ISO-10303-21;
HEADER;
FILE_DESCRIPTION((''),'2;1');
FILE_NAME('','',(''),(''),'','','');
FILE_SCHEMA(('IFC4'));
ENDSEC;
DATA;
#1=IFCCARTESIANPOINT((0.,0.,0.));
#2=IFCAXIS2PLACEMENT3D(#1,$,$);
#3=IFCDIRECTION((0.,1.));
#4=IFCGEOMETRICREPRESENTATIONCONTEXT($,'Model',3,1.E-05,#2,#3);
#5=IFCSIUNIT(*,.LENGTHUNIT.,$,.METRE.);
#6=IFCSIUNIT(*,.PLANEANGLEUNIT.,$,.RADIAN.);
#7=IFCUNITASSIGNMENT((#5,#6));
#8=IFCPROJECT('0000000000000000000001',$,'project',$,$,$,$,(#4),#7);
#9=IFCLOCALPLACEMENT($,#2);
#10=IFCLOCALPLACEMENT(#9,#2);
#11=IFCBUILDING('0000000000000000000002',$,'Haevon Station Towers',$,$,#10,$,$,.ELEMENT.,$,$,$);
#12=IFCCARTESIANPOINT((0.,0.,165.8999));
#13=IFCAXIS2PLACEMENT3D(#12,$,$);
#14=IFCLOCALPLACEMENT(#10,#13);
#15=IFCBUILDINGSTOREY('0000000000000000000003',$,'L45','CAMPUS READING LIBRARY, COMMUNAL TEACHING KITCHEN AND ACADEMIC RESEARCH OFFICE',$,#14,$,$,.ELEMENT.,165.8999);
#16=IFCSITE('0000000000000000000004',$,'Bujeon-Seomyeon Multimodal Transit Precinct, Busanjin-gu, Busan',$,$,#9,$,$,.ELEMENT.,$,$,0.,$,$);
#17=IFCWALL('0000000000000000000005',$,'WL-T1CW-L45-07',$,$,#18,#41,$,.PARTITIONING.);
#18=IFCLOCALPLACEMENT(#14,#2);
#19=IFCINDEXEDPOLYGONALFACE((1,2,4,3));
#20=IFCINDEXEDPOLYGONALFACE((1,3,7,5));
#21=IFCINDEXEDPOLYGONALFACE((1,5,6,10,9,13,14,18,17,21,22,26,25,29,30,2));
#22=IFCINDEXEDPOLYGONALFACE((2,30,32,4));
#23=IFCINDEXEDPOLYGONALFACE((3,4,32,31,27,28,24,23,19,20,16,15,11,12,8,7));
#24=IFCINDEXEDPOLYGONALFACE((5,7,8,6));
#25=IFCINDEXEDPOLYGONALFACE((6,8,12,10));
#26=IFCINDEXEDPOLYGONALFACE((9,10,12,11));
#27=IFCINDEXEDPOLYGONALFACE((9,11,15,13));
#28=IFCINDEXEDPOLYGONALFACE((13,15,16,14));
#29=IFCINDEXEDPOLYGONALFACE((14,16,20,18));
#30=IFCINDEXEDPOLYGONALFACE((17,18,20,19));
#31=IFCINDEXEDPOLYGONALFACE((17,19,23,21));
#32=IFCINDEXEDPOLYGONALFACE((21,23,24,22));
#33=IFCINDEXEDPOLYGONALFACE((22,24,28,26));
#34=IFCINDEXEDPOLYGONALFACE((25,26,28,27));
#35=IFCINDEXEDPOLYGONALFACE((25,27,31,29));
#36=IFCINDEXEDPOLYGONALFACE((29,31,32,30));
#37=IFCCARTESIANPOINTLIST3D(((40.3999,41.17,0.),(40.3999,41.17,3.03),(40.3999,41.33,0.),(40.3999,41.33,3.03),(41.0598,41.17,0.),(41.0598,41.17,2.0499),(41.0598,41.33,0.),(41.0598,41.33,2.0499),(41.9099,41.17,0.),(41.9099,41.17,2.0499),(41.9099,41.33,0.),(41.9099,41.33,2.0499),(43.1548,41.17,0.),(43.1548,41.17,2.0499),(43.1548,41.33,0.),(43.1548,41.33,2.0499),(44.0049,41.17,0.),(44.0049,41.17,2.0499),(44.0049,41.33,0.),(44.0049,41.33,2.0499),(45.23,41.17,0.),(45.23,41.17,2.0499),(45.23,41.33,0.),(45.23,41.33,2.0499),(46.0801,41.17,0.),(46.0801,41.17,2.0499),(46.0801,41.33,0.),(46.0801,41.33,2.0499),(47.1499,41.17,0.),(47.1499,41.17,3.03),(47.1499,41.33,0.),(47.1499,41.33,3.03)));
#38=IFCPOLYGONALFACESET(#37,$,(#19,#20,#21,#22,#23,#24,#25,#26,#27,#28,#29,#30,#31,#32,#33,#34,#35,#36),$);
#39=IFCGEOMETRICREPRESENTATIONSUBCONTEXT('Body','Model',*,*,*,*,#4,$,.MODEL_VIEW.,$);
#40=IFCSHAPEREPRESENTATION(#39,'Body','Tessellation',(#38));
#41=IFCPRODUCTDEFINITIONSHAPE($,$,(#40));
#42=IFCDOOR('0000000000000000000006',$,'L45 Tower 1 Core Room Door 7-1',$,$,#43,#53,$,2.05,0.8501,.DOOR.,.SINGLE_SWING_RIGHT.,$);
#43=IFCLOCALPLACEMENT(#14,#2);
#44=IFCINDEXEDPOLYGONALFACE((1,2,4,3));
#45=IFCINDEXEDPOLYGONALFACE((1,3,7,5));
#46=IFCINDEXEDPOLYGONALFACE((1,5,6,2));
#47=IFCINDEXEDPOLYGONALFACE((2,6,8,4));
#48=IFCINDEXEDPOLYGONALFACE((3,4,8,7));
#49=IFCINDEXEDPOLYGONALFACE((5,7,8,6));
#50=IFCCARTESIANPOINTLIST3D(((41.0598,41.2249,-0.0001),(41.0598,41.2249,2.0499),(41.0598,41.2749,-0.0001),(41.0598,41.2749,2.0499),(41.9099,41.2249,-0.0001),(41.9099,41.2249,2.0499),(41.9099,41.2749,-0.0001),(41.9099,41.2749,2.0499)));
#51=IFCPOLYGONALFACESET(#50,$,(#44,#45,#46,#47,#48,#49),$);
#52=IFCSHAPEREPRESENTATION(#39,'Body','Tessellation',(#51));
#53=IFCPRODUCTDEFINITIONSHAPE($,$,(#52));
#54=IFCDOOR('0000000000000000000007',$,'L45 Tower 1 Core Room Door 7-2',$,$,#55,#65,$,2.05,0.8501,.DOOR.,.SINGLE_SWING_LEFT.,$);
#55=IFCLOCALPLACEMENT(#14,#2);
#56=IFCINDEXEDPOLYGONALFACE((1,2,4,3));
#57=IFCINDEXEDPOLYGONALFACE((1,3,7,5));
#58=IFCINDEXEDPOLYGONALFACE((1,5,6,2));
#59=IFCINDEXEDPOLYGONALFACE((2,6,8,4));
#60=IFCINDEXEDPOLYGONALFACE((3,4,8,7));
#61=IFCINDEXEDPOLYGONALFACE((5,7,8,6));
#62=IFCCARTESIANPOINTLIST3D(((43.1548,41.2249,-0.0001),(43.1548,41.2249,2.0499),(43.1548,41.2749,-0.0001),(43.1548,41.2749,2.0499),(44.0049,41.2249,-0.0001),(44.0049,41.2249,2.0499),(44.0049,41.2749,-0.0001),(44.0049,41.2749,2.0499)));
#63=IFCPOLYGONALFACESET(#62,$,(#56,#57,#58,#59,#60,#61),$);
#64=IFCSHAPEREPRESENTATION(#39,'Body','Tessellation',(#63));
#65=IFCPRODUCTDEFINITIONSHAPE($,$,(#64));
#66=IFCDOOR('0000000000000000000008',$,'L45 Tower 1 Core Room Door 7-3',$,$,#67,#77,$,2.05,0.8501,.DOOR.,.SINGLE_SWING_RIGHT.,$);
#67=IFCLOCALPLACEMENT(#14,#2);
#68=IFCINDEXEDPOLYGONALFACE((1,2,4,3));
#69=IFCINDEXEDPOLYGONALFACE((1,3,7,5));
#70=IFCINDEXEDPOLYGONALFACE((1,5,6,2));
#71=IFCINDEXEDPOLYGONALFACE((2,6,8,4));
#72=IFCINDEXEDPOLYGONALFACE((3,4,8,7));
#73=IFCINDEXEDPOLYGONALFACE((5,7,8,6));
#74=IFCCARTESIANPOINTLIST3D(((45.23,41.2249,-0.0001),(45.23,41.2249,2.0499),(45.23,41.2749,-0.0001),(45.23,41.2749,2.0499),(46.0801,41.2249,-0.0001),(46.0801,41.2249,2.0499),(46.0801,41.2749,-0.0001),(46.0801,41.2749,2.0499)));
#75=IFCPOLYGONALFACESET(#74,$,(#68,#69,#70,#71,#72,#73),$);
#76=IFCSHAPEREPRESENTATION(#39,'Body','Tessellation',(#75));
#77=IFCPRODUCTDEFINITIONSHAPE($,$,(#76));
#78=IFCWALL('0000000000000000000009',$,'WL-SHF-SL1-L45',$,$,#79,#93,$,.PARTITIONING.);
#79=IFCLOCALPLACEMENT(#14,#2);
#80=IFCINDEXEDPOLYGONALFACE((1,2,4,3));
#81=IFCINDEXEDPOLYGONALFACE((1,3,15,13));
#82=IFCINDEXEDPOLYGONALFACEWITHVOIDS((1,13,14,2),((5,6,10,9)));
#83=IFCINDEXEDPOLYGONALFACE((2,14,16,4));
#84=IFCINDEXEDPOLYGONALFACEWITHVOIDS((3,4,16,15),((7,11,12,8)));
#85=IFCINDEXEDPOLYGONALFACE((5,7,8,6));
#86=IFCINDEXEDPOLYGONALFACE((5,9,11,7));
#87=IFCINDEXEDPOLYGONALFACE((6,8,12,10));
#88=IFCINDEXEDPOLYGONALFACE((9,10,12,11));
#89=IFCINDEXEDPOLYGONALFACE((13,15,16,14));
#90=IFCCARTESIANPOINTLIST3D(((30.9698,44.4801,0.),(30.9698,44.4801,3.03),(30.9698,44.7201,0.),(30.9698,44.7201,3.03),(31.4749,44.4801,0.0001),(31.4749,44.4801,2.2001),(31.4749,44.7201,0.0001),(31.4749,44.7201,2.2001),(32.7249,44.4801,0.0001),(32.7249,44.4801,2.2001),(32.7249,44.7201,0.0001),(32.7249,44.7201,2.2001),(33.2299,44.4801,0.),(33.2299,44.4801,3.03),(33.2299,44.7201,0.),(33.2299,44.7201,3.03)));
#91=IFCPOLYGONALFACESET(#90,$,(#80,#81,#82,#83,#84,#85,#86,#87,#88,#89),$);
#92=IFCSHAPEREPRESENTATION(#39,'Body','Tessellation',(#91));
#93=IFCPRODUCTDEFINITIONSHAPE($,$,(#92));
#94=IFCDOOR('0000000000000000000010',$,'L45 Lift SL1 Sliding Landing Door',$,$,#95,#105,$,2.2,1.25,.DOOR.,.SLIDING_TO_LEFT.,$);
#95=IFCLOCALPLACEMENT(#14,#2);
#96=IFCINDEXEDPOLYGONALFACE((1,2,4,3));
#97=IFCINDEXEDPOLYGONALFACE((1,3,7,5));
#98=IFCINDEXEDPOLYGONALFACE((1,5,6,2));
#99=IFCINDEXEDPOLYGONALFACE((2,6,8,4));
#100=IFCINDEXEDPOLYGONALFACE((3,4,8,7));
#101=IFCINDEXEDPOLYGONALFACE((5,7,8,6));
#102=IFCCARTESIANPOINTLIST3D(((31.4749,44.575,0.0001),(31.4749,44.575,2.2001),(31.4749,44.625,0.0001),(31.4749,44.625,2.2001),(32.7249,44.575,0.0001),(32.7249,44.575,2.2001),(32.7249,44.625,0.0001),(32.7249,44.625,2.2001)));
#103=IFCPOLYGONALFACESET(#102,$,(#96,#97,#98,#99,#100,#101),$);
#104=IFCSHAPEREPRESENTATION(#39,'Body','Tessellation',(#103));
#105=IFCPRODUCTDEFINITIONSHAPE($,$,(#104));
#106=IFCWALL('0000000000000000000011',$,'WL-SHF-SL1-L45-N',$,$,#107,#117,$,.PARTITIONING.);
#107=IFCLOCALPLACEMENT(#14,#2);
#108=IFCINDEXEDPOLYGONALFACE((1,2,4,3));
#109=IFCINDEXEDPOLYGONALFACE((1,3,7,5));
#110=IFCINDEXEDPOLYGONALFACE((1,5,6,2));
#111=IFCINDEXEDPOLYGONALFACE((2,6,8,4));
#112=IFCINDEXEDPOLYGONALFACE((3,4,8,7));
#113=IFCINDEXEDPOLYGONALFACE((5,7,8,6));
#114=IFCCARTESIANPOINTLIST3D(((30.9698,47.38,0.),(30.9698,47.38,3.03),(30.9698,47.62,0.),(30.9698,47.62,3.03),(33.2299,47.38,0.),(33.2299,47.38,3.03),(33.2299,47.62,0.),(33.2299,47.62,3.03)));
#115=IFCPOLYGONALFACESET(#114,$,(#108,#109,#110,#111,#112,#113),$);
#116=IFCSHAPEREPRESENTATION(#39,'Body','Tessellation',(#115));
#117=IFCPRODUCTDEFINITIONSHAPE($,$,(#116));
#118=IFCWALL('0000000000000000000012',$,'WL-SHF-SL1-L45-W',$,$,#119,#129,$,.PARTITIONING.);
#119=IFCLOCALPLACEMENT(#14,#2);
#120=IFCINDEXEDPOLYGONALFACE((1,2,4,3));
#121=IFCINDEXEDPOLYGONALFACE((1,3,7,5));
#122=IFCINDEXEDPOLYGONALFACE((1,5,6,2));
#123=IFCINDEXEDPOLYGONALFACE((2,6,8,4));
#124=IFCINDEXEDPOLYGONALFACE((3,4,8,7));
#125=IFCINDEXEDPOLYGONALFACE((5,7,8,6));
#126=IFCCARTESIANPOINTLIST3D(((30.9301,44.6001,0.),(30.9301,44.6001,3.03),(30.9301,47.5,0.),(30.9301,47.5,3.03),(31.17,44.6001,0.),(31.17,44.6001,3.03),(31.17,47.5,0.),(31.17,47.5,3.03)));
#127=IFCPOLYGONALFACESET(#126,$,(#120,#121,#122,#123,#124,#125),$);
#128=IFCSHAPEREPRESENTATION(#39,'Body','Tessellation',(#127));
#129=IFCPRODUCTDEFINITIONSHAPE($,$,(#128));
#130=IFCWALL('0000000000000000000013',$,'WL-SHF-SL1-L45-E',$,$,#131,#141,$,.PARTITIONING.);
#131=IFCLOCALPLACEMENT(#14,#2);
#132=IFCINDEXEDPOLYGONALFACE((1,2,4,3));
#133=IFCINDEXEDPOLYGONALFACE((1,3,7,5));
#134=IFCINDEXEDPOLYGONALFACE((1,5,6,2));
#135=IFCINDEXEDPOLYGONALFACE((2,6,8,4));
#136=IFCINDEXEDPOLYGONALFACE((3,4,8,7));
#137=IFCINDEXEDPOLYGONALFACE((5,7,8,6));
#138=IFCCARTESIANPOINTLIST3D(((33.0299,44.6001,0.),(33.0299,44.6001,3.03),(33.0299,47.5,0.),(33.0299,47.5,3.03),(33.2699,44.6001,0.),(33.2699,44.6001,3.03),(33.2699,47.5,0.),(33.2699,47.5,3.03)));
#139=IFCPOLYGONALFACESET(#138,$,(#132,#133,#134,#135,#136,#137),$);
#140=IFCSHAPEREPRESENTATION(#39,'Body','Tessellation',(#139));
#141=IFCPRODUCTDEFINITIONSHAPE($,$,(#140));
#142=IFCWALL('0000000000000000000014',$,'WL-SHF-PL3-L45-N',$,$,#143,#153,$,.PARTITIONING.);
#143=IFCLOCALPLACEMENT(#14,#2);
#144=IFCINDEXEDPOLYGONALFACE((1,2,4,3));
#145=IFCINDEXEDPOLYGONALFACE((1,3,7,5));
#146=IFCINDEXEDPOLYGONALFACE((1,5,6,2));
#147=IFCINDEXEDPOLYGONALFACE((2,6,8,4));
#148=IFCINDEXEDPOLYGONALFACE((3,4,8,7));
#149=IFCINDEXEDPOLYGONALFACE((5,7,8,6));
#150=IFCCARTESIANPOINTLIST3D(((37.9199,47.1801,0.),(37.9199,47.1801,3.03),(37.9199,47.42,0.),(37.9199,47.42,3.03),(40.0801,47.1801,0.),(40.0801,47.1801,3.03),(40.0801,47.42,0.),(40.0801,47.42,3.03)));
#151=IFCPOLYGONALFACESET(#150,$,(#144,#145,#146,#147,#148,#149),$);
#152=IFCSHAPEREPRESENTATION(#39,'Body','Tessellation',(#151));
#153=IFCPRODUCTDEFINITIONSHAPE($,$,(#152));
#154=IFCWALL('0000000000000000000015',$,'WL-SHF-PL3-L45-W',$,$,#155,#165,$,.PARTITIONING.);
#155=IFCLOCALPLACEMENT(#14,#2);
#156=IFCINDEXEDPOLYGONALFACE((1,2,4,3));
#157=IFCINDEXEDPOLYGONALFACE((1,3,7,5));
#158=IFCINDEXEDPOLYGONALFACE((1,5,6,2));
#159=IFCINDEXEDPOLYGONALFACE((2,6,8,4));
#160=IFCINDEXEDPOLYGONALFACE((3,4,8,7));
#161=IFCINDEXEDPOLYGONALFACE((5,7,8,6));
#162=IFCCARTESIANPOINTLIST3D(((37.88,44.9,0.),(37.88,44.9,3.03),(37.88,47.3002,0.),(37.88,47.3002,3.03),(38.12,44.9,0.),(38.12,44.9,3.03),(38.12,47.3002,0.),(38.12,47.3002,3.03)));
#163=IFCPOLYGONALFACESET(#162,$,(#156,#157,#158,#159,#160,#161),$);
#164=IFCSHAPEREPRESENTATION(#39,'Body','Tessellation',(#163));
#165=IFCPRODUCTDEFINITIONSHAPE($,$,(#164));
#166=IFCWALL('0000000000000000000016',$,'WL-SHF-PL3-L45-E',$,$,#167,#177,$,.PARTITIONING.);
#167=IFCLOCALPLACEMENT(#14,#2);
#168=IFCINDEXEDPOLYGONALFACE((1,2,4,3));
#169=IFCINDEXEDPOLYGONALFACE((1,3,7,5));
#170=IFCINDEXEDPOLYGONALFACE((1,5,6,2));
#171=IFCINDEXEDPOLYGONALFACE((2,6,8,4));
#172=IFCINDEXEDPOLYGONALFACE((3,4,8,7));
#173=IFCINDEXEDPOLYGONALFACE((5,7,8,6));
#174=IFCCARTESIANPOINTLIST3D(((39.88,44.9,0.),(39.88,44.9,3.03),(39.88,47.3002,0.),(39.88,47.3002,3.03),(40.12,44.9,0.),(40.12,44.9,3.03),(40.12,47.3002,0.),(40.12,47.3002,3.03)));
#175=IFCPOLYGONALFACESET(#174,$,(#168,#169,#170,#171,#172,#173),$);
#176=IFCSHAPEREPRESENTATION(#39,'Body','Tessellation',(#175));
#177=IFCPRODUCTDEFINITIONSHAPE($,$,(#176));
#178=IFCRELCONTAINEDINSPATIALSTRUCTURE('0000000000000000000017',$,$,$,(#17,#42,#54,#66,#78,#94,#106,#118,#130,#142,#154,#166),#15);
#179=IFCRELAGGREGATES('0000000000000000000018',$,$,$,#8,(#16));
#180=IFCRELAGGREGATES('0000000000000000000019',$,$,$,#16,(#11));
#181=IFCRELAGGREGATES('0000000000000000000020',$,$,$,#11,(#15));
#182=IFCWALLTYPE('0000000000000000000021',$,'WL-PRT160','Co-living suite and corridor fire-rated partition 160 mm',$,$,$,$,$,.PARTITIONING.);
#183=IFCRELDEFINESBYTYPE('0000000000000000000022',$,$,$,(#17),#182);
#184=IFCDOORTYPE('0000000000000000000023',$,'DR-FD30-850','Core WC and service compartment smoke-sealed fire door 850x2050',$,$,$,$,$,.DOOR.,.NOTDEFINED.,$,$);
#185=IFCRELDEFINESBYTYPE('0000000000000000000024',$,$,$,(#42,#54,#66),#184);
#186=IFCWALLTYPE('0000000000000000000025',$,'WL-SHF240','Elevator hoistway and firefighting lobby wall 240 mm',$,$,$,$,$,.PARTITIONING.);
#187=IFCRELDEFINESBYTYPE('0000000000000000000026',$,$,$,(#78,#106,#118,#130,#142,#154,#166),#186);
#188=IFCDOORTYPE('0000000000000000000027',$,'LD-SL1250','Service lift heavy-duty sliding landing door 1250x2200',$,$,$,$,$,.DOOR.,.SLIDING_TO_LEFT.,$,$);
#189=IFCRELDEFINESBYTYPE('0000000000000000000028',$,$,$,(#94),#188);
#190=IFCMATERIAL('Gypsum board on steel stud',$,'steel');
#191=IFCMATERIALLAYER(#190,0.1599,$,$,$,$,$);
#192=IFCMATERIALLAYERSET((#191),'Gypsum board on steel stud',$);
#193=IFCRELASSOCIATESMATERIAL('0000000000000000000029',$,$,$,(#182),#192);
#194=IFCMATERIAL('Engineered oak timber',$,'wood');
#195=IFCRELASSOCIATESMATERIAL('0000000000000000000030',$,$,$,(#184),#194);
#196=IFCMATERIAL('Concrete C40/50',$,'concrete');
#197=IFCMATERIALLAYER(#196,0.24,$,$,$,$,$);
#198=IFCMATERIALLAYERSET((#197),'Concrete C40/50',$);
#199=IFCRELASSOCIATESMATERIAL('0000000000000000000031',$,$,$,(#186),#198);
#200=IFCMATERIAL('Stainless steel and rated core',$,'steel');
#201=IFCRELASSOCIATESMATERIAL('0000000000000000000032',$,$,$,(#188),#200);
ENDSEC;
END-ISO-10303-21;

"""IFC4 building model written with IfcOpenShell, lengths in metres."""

from ifc_helpers import new_model, si_unit, direction, frame, frame_2d, origin, place, context, subcontext, project, spatial, rectangle, extrude, material, layer, layer_set, type_object, element, fill, save


model = new_model("IFC4")

# Units and contexts
model_context = context("Model", 3, precision=1e-05, world=origin(), true_north=direction((0.0, 1.0)))
body_context = subcontext(model_context, "Body", "Model", "MODEL_VIEW")
ifc_project = project(units=[si_unit("LENGTHUNIT", "METRE"), si_unit("PLANEANGLEUNIT", "RADIAN")], contexts=[model_context])

# Site, building, storey
site_placement = place(None, origin())
site = spatial("IfcSite", under=ifc_project, at=site_placement, Name="Bujeon-Seomyeon Multimodal Transit Precinct, Busanjin-gu, Busan", CompositionType="ELEMENT", RefElevation=0.0)
building_placement = place(site_placement, origin())
building = spatial("IfcBuilding", under=site, at=building_placement, Name="Haevon Station Towers", CompositionType="ELEMENT")
storey_placement = place(building_placement, frame((0.0, 0.0, 165.8999)))
storey = spatial("IfcBuildingStorey", under=building, at=storey_placement, Name="L45", Description="CAMPUS READING LIBRARY, COMMUNAL TEACHING KITCHEN AND ACADEMIC RESEARCH OFFICE", CompositionType="ELEMENT", Elevation=165.8999)

# Shared definitions
ifc_material_1 = material(Name="Gypsum board on steel stud", Category="steel")
ifc_layer_1 = layer(ifc_material_1, 0.1599)
ifc_layer_set_1 = layer_set([ifc_layer_1], Name="Gypsum board on steel stud")
wall_type_1 = type_object("IfcWallType", Name="WL-PRT160", Description="Co-living suite and corridor fire-rated partition 160 mm", PredefinedType="PARTITIONING", material=ifc_layer_set_1)
ifc_material_2 = material(Name="Engineered oak timber", Category="wood")

# Wall, openings, doors
wall_1_placement = place(storey_placement, frame((40.3999, 41.25, 0.0), z_axis=(0.0, 0.0, 1.0), x_axis=(1.0, 0.0, 0.0)))
wall_1 = element("IfcWall", 1, at=wall_1_placement, inside=storey, type_object=wall_type_1, Name="WL-T1CW-L45-07", PredefinedType="PARTITIONING", context=body_context, shape_type="SweptSolid", body=[
    extrude(rectangle(XDim=6.75, YDim=0.1599, at=frame_2d((3.375, 0.0))), origin(), (0.0, 0.0, 1.0), 3.03),
])
opening_1_placement = place(wall_1_placement, frame((0.6599, 0.0, 0.0)))
opening_1 = element("IfcOpeningElement", 2, at=opening_1_placement, cuts=wall_1, PredefinedType="OPENING", context=body_context, shape_type="SweptSolid", body=[
    extrude(rectangle(XDim=0.8501, YDim=2.05, at=frame_2d((0.425, 1.0249))), frame((0.0, 0.0898, 0.0), z_axis=(0.0, -1.0, 0.0), x_axis=(1.0, 0.0, 0.0)), (0.0, 0.0, 1.0), 0.1799),
])
opening_2_placement = place(wall_1_placement, frame((2.7549, 0.0, 0.0)))
opening_2 = element("IfcOpeningElement", 3, at=opening_2_placement, cuts=wall_1, PredefinedType="OPENING", context=body_context, shape_type="SweptSolid", body=[
    extrude(rectangle(XDim=0.8501, YDim=2.05, at=frame_2d((0.425, 1.0249))), frame((0.0, 0.0898, 0.0), z_axis=(0.0, -1.0, 0.0), x_axis=(1.0, 0.0, 0.0)), (0.0, 0.0, 1.0), 0.1799),
])
opening_3_placement = place(wall_1_placement, frame((4.8301, 0.0, 0.0)))
opening_3 = element("IfcOpeningElement", 4, at=opening_3_placement, cuts=wall_1, PredefinedType="OPENING", context=body_context, shape_type="SweptSolid", body=[
    extrude(rectangle(XDim=0.8501, YDim=2.05, at=frame_2d((0.425, 1.0249))), frame((0.0, 0.0898, 0.0), z_axis=(0.0, -1.0, 0.0), x_axis=(1.0, 0.0, 0.0)), (0.0, 0.0, 1.0), 0.1799),
])
door_type_1 = type_object("IfcDoorType", Name="DR-FD30-850", Description="Core WC and service compartment smoke-sealed fire door 850x2050", OperationType="NOTDEFINED", PredefinedType="DOOR", material=ifc_material_2)
door_1_placement = place(opening_1_placement, origin())
door_1 = element("IfcDoor", 5, at=door_1_placement, inside=storey, type_object=door_type_1, Name="L45 Tower 1 Core Room Door 7-1", OperationType="SINGLE_SWING_RIGHT", OverallHeight=2.05, OverallWidth=0.8501, PredefinedType="DOOR", context=body_context, shape_type="SweptSolid", body=[
    extrude(rectangle(XDim=0.8501, YDim=2.05, at=frame_2d((0.425, 1.0249))), frame((0.0, 0.0249, 0.0), z_axis=(0.0, -1.0, 0.0), x_axis=(1.0, 0.0, 0.0)), (0.0, 0.0, 1.0), 0.05),
])
fill(opening_1, door_1)
door_2_placement = place(opening_2_placement, origin())
door_2 = element("IfcDoor", 6, at=door_2_placement, inside=storey, type_object=door_type_1, Name="L45 Tower 1 Core Room Door 7-2", OperationType="SINGLE_SWING_LEFT", OverallHeight=2.05, OverallWidth=0.8501, PredefinedType="DOOR", context=body_context, shape_type="SweptSolid", body=[
    extrude(rectangle(XDim=0.8501, YDim=2.05, at=frame_2d((0.425, 1.0249))), frame((0.0, 0.0249, 0.0), z_axis=(0.0, -1.0, 0.0), x_axis=(1.0, 0.0, 0.0)), (0.0, 0.0, 1.0), 0.05),
])
fill(opening_2, door_2)
door_3_placement = place(opening_3_placement, origin())
door_3 = element("IfcDoor", 7, at=door_3_placement, inside=storey, type_object=door_type_1, Name="L45 Tower 1 Core Room Door 7-3", OperationType="SINGLE_SWING_RIGHT", OverallHeight=2.05, OverallWidth=0.8501, PredefinedType="DOOR", context=body_context, shape_type="SweptSolid", body=[
    extrude(rectangle(XDim=0.8501, YDim=2.05, at=frame_2d((0.425, 1.0249))), frame((0.0, 0.0249, 0.0), z_axis=(0.0, -1.0, 0.0), x_axis=(1.0, 0.0, 0.0)), (0.0, 0.0, 1.0), 0.05),
])
fill(opening_3, door_3)

# Wall, opening, door
ifc_material_3 = material(Name="Concrete C40/50", Category="concrete")
ifc_layer_2 = layer(ifc_material_3, 0.24)
ifc_layer_set_2 = layer_set([ifc_layer_2], Name="Concrete C40/50")
wall_type_2 = type_object("IfcWallType", Name="WL-SHF240", Description="Elevator hoistway and firefighting lobby wall 240 mm", PredefinedType="PARTITIONING", material=ifc_layer_set_2)
wall_2_placement = place(storey_placement, frame((30.97, 44.6001, 0.0), z_axis=(0.0, 0.0, 1.0), x_axis=(1.0, 0.0, 0.0)))
wall_2 = element("IfcWall", 8, at=wall_2_placement, inside=storey, type_object=wall_type_2, Name="WL-SHF-SL1-L45", PredefinedType="PARTITIONING", context=body_context, shape_type="SweptSolid", body=[
    extrude(rectangle(XDim=2.26, YDim=0.24, at=frame_2d((1.1299, 0.0))), origin(), (0.0, 0.0, 1.0), 3.03),
])
opening_4_placement = place(wall_2_placement, frame((0.5049, 0.0, 0.0)))
opening_4 = element("IfcOpeningElement", 9, at=opening_4_placement, cuts=wall_2, PredefinedType="OPENING", context=body_context, shape_type="SweptSolid", body=[
    extrude(rectangle(XDim=1.25, YDim=2.2, at=frame_2d((0.625, 1.1001))), frame((0.0, 0.1299, 0.0), z_axis=(0.0, -1.0, 0.0), x_axis=(1.0, 0.0, 0.0)), (0.0, 0.0, 1.0), 0.26),
])
ifc_material_4 = material(Name="Stainless steel and rated core", Category="steel")
door_type_2 = type_object("IfcDoorType", Name="LD-SL1250", Description="Service lift heavy-duty sliding landing door 1250x2200", OperationType="SLIDING_TO_LEFT", PredefinedType="DOOR", material=ifc_material_4)
door_4_placement = place(opening_4_placement, origin())
door_4 = element("IfcDoor", 10, at=door_4_placement, inside=storey, type_object=door_type_2, Name="L45 Lift SL1 Sliding Landing Door", OperationType="SLIDING_TO_LEFT", OverallHeight=2.2, OverallWidth=1.25, PredefinedType="DOOR", context=body_context, shape_type="SweptSolid", body=[
    extrude(rectangle(XDim=1.25, YDim=2.2, at=frame_2d((0.625, 1.1001))), frame((0.0, 0.0249, 0.0), z_axis=(0.0, -1.0, 0.0), x_axis=(1.0, 0.0, 0.0)), (0.0, 0.0, 1.0), 0.05),
])
fill(opening_4, door_4)

# Walls
wall_3_placement = place(storey_placement, frame((30.97, 47.5, 0.0), z_axis=(0.0, 0.0, 1.0), x_axis=(1.0, 0.0, 0.0)))
element("IfcWall", 11, at=wall_3_placement, inside=storey, type_object=wall_type_2, Name="WL-SHF-SL1-L45-N", PredefinedType="PARTITIONING", context=body_context, shape_type="SweptSolid", body=[
    extrude(rectangle(XDim=2.26, YDim=0.24, at=frame_2d((1.1299, 0.0))), origin(), (0.0, 0.0, 1.0), 3.03),
])
for number, where, z_axis, x_axis, name in (
    (12, (31.05, 44.6001, 0.0), (0.0, 0.0, 1.0), (0.0, 1.0, 0.0), "WL-SHF-SL1-L45-W"),
    (13, (33.1499, 44.6001, 0.0), (0.0, 0.0, 1.0), (0.0, 1.0, 0.0), "WL-SHF-SL1-L45-E"),
):
    element("IfcWall", number, at=place(storey_placement, frame(where, z_axis=z_axis, x_axis=x_axis)), inside=storey, type_object=wall_type_2, Name=name, PredefinedType="PARTITIONING", context=body_context, shape_type="SweptSolid", body=[
        extrude(rectangle(XDim=2.8999, YDim=0.24, at=frame_2d((1.45, 0.0))), origin(), (0.0, 0.0, 1.0), 3.03),
    ])

# Walls
wall_4_placement = place(storey_placement, frame((37.9199, 47.3, 0.0), z_axis=(0.0, 0.0, 1.0), x_axis=(1.0, 0.0, 0.0)))
element("IfcWall", 14, at=wall_4_placement, inside=storey, type_object=wall_type_2, Name="WL-SHF-PL3-L45-N", PredefinedType="PARTITIONING", context=body_context, shape_type="SweptSolid", body=[
    extrude(rectangle(XDim=2.1602, YDim=0.24, at=frame_2d((1.0801, 0.0))), origin(), (0.0, 0.0, 1.0), 3.03),
])
for number, where, z_axis, x_axis, name in (
    (15, (38.0, 44.8999, 0.0), (0.0, 0.0, 1.0), (0.0, 1.0, 0.0), "WL-SHF-PL3-L45-W"),
    (16, (40.0, 44.8999, 0.0), (0.0, 0.0, 1.0), (0.0, 1.0, 0.0), "WL-SHF-PL3-L45-E"),
):
    element("IfcWall", number, at=place(storey_placement, frame(where, z_axis=z_axis, x_axis=x_axis)), inside=storey, type_object=wall_type_2, Name=name, PredefinedType="PARTITIONING", context=body_context, shape_type="SweptSolid", body=[
        extrude(rectangle(XDim=2.4001, YDim=0.24, at=frame_2d((1.2002, 0.0))), origin(), (0.0, 0.0, 1.0), 3.03),
    ])

save(model, "model.ifc")
